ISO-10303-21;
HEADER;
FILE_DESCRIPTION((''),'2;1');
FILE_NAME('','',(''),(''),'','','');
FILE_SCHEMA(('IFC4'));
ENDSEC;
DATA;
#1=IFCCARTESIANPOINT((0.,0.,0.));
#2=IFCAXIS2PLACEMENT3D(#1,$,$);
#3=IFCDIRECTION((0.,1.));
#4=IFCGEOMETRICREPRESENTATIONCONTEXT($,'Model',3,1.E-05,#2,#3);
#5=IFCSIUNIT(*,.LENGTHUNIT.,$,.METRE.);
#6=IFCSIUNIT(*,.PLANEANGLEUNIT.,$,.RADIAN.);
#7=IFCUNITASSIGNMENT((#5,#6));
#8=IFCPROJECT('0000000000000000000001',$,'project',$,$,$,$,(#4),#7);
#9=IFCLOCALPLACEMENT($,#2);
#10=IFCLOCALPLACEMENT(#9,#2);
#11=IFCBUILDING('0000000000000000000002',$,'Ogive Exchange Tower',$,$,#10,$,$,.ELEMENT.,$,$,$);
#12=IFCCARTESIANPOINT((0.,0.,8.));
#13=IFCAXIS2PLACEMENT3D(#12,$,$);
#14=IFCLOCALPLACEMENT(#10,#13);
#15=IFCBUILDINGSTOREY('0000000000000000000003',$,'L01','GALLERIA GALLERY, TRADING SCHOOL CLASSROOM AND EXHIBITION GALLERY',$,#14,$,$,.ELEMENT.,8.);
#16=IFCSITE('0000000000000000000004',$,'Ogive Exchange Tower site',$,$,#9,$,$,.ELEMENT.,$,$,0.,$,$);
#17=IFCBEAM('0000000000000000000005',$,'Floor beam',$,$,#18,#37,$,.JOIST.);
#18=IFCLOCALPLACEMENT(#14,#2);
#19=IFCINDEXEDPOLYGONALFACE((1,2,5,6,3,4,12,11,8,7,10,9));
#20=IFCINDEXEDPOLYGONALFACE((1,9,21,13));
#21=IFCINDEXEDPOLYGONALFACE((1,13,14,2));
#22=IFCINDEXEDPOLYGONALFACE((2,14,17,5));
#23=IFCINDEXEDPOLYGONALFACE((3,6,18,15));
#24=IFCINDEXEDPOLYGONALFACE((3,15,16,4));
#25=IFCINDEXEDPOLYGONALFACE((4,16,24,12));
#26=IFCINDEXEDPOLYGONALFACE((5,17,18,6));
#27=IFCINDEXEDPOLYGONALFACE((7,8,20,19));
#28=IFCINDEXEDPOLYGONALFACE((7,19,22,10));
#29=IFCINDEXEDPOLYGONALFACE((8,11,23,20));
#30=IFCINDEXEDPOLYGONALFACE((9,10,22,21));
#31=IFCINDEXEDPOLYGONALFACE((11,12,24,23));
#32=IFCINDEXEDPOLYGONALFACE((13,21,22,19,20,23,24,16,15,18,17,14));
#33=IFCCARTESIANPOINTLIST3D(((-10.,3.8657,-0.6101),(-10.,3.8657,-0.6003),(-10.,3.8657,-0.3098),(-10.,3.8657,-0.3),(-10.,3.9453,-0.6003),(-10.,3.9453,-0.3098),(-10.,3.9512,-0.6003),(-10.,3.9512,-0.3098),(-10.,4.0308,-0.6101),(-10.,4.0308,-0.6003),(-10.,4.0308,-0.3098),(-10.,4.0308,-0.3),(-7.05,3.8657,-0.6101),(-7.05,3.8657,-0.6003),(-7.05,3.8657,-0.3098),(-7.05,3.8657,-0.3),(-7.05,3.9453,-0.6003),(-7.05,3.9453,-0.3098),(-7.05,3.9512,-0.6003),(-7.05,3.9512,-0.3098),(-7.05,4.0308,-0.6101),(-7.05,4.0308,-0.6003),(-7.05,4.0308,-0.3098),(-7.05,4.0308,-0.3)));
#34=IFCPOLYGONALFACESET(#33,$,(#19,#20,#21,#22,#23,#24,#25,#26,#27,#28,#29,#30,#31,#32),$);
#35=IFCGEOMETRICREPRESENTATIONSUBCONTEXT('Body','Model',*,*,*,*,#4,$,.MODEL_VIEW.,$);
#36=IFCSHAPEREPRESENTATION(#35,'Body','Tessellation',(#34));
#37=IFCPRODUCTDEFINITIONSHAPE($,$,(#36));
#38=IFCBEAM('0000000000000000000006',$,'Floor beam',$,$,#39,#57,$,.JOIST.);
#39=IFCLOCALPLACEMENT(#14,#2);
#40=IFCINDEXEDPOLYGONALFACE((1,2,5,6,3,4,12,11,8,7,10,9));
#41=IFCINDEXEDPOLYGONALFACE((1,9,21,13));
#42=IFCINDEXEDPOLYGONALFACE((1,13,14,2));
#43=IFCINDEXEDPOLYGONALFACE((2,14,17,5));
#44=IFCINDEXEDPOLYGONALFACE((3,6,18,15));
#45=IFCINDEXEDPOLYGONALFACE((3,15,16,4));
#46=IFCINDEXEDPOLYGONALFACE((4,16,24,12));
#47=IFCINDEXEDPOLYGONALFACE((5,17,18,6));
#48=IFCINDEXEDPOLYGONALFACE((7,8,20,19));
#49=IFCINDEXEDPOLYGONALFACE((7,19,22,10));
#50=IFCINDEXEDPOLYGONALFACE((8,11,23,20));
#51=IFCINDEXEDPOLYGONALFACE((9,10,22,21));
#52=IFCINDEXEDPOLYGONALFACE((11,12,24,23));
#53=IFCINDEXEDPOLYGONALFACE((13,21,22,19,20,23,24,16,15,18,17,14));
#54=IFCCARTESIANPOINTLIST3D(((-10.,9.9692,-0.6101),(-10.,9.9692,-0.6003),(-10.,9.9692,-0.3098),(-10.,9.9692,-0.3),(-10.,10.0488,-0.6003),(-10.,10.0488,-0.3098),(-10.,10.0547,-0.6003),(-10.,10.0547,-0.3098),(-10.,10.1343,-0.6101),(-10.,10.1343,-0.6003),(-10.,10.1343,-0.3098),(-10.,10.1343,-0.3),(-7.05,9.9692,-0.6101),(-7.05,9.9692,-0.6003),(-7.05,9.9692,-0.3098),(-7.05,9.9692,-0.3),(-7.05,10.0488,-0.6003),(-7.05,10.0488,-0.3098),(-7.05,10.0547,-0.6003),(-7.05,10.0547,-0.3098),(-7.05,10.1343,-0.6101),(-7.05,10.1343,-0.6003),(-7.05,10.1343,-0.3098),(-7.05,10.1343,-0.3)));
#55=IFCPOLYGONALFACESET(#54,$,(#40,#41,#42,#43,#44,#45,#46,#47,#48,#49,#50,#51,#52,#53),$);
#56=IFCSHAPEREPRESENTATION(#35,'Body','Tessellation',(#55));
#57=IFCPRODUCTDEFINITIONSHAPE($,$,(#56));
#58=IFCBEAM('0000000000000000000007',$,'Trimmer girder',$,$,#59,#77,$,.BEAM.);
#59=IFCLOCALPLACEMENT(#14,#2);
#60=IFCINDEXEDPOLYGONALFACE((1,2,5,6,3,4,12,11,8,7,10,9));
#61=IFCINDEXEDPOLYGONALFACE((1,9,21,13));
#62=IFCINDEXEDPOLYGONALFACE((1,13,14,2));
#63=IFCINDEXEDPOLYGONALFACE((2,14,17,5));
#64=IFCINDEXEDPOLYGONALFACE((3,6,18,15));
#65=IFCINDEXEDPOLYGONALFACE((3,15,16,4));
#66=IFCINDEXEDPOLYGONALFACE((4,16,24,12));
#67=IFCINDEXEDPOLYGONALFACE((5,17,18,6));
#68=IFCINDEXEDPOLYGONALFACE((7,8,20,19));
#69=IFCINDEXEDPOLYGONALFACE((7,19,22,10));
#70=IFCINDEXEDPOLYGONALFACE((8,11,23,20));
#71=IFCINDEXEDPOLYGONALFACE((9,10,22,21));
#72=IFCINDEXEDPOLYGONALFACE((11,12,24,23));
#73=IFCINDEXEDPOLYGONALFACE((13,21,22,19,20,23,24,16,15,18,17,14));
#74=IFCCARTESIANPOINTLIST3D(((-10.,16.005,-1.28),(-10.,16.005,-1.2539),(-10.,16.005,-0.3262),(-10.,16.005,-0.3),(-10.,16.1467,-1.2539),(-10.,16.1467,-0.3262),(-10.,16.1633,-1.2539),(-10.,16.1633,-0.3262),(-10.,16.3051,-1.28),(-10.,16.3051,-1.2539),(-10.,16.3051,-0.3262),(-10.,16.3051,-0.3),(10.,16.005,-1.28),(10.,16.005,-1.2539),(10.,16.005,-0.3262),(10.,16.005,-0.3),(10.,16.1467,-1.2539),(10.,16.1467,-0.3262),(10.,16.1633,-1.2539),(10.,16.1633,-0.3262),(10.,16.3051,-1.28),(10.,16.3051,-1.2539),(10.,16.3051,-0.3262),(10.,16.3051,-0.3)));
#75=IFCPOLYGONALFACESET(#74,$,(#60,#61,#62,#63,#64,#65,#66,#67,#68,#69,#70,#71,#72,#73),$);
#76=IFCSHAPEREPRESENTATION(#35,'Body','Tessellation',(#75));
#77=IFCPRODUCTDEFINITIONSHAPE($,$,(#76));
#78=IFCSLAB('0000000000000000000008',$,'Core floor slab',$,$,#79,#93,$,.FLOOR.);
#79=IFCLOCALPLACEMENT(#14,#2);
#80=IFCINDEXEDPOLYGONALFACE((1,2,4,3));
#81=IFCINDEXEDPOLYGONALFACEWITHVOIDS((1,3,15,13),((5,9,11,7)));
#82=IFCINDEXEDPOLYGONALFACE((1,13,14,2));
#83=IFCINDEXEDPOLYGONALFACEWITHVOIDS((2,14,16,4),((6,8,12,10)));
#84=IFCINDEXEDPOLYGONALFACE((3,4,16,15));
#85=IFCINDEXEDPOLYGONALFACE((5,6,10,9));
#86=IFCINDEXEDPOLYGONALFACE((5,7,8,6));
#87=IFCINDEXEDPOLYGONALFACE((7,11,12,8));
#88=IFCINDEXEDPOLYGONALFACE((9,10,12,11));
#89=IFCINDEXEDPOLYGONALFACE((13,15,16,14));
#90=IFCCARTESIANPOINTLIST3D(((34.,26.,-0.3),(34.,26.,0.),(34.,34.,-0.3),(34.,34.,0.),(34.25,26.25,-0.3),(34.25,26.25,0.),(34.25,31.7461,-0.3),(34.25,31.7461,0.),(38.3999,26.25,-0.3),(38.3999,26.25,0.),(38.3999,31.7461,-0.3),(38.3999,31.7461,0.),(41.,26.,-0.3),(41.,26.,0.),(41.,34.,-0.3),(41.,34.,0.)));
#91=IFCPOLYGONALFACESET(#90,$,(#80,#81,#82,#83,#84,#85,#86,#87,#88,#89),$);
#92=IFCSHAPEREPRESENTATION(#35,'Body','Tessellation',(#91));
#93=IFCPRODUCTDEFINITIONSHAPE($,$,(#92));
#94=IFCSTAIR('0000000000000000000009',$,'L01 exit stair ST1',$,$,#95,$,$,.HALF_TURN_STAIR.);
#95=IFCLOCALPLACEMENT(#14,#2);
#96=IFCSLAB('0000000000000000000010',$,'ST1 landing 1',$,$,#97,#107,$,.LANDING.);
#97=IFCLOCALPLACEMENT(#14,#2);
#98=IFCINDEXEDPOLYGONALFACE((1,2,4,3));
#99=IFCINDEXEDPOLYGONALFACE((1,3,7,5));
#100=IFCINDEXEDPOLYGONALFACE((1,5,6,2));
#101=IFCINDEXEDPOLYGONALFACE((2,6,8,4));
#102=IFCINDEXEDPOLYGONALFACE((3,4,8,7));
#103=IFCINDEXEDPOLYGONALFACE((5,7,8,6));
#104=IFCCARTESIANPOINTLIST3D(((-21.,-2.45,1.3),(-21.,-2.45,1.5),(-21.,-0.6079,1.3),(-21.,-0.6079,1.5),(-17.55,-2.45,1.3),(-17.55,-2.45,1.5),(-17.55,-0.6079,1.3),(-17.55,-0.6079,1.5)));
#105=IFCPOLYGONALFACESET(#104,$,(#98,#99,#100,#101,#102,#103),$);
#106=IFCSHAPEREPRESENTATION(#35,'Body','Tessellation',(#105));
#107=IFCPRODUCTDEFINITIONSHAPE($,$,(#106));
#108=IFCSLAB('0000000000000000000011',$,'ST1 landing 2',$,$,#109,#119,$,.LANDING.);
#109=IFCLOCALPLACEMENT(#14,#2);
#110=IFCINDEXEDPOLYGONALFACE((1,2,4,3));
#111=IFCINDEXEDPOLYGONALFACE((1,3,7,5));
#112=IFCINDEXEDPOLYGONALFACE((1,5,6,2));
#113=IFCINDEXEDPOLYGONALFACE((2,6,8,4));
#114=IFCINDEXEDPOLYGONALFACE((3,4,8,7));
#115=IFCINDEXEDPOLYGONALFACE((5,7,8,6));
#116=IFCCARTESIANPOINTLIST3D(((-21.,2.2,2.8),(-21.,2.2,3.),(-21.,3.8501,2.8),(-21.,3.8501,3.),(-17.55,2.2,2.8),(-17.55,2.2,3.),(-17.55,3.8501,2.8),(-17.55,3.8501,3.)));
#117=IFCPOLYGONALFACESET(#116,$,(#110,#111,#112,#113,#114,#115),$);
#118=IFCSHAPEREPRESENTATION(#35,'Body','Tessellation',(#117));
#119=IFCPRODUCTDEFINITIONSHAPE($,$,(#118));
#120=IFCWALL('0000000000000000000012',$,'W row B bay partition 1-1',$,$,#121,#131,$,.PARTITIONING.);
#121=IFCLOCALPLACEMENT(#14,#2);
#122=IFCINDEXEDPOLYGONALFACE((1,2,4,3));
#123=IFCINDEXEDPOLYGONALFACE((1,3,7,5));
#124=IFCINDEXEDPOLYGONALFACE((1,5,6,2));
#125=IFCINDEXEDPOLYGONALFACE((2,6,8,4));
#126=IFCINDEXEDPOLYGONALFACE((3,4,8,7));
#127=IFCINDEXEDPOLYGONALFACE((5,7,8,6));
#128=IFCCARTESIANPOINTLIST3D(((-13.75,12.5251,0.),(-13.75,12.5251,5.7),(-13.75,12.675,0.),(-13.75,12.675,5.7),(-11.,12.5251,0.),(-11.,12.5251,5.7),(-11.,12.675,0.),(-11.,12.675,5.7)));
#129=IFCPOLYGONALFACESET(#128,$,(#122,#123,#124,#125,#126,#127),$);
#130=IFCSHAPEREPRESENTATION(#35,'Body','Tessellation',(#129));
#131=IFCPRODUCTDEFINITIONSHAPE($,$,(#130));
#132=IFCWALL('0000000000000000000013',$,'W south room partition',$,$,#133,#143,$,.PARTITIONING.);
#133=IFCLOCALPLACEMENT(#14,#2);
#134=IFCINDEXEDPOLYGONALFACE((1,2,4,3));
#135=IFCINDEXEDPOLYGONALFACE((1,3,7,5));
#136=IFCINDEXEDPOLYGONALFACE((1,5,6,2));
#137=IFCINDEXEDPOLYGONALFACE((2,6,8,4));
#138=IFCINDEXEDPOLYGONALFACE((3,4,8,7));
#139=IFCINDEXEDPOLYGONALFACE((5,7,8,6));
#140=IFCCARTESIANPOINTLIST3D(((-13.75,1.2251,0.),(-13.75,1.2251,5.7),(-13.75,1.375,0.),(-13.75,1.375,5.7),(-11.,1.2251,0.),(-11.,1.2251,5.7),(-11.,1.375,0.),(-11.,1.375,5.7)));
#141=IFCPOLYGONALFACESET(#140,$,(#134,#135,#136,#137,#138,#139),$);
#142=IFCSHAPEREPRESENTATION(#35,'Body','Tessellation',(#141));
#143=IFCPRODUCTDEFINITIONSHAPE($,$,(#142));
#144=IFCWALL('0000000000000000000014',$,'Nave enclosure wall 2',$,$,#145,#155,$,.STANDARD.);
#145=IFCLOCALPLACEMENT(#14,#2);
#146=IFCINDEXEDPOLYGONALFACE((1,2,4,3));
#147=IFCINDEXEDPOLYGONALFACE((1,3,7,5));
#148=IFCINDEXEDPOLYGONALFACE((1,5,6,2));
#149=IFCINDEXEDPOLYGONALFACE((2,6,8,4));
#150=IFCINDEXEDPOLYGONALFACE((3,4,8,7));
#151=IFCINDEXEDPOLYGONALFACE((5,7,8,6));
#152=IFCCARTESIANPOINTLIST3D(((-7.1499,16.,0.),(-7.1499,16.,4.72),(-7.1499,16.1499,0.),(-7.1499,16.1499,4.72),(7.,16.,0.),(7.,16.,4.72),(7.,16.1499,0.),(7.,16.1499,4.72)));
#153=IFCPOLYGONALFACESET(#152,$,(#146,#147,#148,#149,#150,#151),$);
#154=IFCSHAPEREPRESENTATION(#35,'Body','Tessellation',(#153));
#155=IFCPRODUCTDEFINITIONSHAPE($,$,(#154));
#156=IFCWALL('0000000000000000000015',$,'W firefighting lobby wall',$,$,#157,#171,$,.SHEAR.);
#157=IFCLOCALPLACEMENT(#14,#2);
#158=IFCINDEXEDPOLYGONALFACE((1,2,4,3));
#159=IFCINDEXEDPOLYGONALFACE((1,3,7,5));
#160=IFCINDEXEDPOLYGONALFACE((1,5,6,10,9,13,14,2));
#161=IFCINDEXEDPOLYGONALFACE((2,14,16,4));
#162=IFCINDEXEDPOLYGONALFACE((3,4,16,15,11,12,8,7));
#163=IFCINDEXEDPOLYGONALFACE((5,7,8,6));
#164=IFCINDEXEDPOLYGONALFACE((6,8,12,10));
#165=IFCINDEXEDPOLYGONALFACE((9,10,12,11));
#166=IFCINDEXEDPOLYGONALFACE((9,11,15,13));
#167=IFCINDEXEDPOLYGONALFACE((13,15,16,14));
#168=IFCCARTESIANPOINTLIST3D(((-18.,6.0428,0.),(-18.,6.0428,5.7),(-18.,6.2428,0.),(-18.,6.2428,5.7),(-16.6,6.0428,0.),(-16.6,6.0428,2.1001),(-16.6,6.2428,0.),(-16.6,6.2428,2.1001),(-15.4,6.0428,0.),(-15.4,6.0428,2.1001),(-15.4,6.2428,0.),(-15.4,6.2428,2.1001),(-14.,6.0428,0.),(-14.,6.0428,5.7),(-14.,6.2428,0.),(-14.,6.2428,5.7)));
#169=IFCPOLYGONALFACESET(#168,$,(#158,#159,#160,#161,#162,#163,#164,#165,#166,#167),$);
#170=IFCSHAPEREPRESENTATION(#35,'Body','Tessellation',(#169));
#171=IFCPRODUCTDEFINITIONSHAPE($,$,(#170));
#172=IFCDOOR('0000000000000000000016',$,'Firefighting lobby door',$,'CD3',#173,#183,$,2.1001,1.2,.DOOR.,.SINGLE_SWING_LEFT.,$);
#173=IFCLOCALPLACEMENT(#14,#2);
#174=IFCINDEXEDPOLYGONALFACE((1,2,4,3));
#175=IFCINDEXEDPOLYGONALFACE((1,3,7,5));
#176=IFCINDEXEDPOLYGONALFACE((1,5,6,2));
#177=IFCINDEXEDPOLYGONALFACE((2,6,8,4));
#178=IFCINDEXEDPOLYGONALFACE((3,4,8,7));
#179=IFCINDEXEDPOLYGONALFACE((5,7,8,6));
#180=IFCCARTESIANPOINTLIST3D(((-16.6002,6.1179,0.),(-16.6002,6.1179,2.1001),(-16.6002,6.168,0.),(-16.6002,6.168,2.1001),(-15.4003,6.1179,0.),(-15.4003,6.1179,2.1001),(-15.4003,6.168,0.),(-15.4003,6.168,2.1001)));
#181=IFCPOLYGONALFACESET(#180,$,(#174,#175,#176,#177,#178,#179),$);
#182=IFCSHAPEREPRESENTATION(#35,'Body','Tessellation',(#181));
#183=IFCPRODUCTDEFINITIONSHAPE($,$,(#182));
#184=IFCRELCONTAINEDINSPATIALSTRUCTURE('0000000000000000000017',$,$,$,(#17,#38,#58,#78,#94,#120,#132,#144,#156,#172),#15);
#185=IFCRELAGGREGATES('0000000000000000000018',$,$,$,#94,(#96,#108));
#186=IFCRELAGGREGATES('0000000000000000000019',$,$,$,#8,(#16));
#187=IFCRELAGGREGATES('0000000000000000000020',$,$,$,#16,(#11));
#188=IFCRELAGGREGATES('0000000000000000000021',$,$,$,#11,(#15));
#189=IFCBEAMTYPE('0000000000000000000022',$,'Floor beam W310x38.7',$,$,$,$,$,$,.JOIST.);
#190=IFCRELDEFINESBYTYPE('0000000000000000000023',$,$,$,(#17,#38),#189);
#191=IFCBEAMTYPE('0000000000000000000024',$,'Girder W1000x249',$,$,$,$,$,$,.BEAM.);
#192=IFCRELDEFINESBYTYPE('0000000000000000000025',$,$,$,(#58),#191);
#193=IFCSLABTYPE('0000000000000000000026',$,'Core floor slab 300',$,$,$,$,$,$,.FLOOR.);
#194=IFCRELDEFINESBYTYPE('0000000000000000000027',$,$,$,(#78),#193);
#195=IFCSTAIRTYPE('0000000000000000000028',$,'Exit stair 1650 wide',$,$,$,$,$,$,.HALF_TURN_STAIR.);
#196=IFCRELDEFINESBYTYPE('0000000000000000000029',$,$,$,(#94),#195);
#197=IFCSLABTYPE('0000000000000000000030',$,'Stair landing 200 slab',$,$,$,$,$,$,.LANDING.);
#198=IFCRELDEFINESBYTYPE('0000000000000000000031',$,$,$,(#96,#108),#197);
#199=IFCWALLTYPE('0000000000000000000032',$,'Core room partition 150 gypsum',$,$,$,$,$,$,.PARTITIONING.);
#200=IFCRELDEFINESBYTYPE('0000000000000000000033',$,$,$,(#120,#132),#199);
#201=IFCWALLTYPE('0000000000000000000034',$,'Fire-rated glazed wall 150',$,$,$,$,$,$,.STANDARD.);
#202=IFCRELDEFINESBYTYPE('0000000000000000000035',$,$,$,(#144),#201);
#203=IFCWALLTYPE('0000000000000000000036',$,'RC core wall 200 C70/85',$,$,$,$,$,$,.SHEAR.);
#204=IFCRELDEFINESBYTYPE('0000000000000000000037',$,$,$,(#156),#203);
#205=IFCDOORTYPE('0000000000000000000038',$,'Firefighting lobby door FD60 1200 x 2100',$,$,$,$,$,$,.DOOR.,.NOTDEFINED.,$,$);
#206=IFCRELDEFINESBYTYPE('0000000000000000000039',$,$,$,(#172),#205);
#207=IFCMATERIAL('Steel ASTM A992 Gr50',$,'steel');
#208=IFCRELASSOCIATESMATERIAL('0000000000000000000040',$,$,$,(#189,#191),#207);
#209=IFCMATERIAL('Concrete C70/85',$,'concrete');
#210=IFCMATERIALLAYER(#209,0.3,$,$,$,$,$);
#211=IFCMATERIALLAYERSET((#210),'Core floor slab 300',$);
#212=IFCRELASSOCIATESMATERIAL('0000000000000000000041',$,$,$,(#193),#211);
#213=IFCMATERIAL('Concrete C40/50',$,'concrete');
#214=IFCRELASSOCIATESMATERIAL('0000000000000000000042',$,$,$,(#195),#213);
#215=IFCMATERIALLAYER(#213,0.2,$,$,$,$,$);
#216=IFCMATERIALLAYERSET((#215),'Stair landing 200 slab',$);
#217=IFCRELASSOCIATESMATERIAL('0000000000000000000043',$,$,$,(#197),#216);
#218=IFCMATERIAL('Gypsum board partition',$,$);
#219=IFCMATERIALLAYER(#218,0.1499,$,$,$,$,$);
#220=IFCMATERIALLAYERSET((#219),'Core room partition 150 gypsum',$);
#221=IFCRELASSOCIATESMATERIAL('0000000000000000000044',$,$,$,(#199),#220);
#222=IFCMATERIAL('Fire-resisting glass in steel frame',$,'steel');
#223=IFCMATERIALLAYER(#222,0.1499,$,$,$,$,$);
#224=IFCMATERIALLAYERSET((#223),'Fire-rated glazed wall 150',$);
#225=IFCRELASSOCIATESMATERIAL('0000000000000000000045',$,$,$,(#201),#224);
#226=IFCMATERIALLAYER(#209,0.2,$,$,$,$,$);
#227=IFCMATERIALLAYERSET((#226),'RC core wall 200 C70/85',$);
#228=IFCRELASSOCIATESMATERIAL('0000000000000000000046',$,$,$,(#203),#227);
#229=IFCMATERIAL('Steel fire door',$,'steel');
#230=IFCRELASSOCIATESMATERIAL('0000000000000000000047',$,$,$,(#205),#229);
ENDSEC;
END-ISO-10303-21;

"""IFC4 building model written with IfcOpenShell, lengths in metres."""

from ifc_helpers import new_model, si_unit, direction, frame, frame_2d, origin, origin_2d, place, context, subcontext, project, spatial, polyline, rectangle, i_section, outline, extrude, material, layer, layer_set, material_profile, profile_set, type_object, element, fill, aggregate, save


model = new_model("IFC4")

# Units and contexts
model_context = context("Model", 3, precision=1e-05, world=origin(), true_north=direction((0.0, 1.0)))
body_context = subcontext(model_context, "Body", "Model", "MODEL_VIEW")
ifc_project = project(units=[si_unit("LENGTHUNIT", "METRE"), si_unit("PLANEANGLEUNIT", "RADIAN")], contexts=[model_context])

# Site, building, storey
site_placement = place(None, origin())
site = spatial("IfcSite", under=ifc_project, at=site_placement, Name="Ogive Exchange Tower site", CompositionType="ELEMENT", RefElevation=0.0)
building_placement = place(site_placement, origin())
building = spatial("IfcBuilding", under=site, at=building_placement, Name="Ogive Exchange Tower", CompositionType="ELEMENT")
storey_placement = place(building_placement, frame((0.0, 0.0, 8.0)))
storey = spatial("IfcBuildingStorey", under=building, at=storey_placement, Name="L01", Description="GALLERIA GALLERY, TRADING SCHOOL CLASSROOM AND EXHIBITION GALLERY", CompositionType="ELEMENT", Elevation=8.0)

# Beams
ifc_material_1 = material(Name="Steel ASTM A992 Gr50", Category="steel")
ifc_material_profile_1 = material_profile(ifc_material_1, i_section(OverallWidth=0.165, OverallDepth=0.3101, WebThickness=0.0059, FlangeThickness=0.0098, at=origin_2d()), Name="W310x38.7")
ifc_profile_set_1 = profile_set([ifc_material_profile_1], Name="Steel ASTM A992 Gr50")
beam_type_1 = type_object("IfcBeamType", Name="Floor beam W310x38.7", PredefinedType="JOIST", material=ifc_profile_set_1)
for number, where, z_axis, x_axis, name in (
    (1, (-10.0, 3.9482, -0.4551), (1.0, 0.0, 0.0), (0.0, 1.0, 0.0), "Floor beam"),
    (2, (-10.0, 10.0518, -0.4551), (1.0, 0.0, 0.0), (0.0, 1.0, 0.0), "Floor beam"),
):
    element("IfcBeam", number, at=place(storey_placement, frame(where, z_axis=z_axis, x_axis=x_axis)), inside=storey, type_object=beam_type_1, Name=name, PredefinedType="JOIST", context=body_context, shape_type="SweptSolid", body=[
        extrude(i_section(OverallWidth=0.165, OverallDepth=0.3101, WebThickness=0.0059, FlangeThickness=0.0098, at=origin_2d()), origin(), (0.0, 0.0, 1.0), 2.95),
    ])
ifc_material_profile_2 = material_profile(ifc_material_1, i_section(OverallWidth=0.3, OverallDepth=0.98, WebThickness=0.0166, FlangeThickness=0.0261, at=origin_2d()), Name="W1000x249")
ifc_profile_set_2 = profile_set([ifc_material_profile_2], Name="Steel ASTM A992 Gr50")
beam_type_2 = type_object("IfcBeamType", Name="Girder W1000x249", PredefinedType="BEAM", material=ifc_profile_set_2)
beam_placement = place(storey_placement, frame((-10.0, 16.155, -0.79), z_axis=(1.0, 0.0, 0.0), x_axis=(0.0, 1.0, 0.0)))
element("IfcBeam", 3, at=beam_placement, inside=storey, type_object=beam_type_2, Name="Trimmer girder", PredefinedType="BEAM", context=body_context, shape_type="SweptSolid", body=[
    extrude(i_section(OverallWidth=0.3, OverallDepth=0.98, WebThickness=0.0166, FlangeThickness=0.0261, at=origin_2d()), origin(), (0.0, 0.0, 1.0), 20.0),
])

# Slab
ifc_material_2 = material(Name="Concrete C70/85", Category="concrete")
ifc_layer_1 = layer(ifc_material_2, 0.3)
ifc_layer_set_1 = layer_set([ifc_layer_1], Name="Core floor slab 300")
slab_type_1 = type_object("IfcSlabType", Name="Core floor slab 300", PredefinedType="FLOOR", material=ifc_layer_set_1)
slab_1_placement = place(storey_placement, frame((0.0, 0.0, -0.3)))
element("IfcSlab", 4, at=slab_1_placement, inside=storey, type_object=slab_type_1, Name="Core floor slab", PredefinedType="FLOOR", context=body_context, shape_type="SweptSolid", body=[
    extrude(outline(polyline([(34.0, 26.0), (34.0, 34.0), (41.0, 34.0), (41.0, 26.0), (34.0, 26.0)]), holes=[polyline([(34.25, 26.25), (38.3999, 26.25), (38.3999, 31.7461), (34.25, 31.7461), (34.25, 26.25)])]), origin(), (0.0, 0.0, 1.0), 0.3),
])

# Stair, slabs
ifc_material_3 = material(Name="Concrete C40/50", Category="concrete")
stair_type = type_object("IfcStairType", Name="Exit stair 1650 wide", PredefinedType="HALF_TURN_STAIR", material=ifc_material_3)
stair_placement = place(storey_placement, origin())
stair = element("IfcStair", 5, at=stair_placement, inside=storey, type_object=stair_type, Name="L01 exit stair ST1", PredefinedType="HALF_TURN_STAIR")
ifc_layer_2 = layer(ifc_material_3, 0.2)
ifc_layer_set_2 = layer_set([ifc_layer_2], Name="Stair landing 200 slab")
slab_type_2 = type_object("IfcSlabType", Name="Stair landing 200 slab", PredefinedType="LANDING", material=ifc_layer_set_2)
slab_2_placement = place(storey_placement, frame((0.0, 0.0, 1.3)))
slab_2 = element("IfcSlab", 6, at=slab_2_placement, type_object=slab_type_2, Name="ST1 landing 1", PredefinedType="LANDING", context=body_context, shape_type="SweptSolid", body=[
    extrude(outline(polyline([(-21.0, -0.6079), (-21.0, -2.45), (-17.55, -2.45), (-17.55, -0.6079), (-21.0, -0.6079)])), origin(), (0.0, 0.0, 1.0), 0.2),
])
slab_3_placement = place(storey_placement, frame((0.0, 0.0, 2.8)))
slab_3 = element("IfcSlab", 7, at=slab_3_placement, type_object=slab_type_2, Name="ST1 landing 2", PredefinedType="LANDING", context=body_context, shape_type="SweptSolid", body=[
    extrude(outline(polyline([(-21.0, 3.8501), (-21.0, 2.2), (-17.55, 2.2), (-17.55, 3.8501), (-21.0, 3.8501)])), origin(), (0.0, 0.0, 1.0), 0.2),
])

# Walls
ifc_material_4 = material(Name="Gypsum board partition")
ifc_layer_3 = layer(ifc_material_4, 0.1499)
ifc_layer_set_3 = layer_set([ifc_layer_3], Name="Core room partition 150 gypsum")
wall_type_1 = type_object("IfcWallType", Name="Core room partition 150 gypsum", PredefinedType="PARTITIONING", material=ifc_layer_set_3)
for number, where, z_axis, x_axis, name in (
    (8, (-13.75, 12.6001, 0.0), (0.0, 0.0, 1.0), (1.0, 0.0, 0.0), "W row B bay partition 1-1"),
    (9, (-13.75, 1.3, 0.0), (0.0, 0.0, 1.0), (1.0, 0.0, 0.0), "W south room partition"),
):
    element("IfcWall", number, at=place(storey_placement, frame(where, z_axis=z_axis, x_axis=x_axis)), inside=storey, type_object=wall_type_1, Name=name, PredefinedType="PARTITIONING", context=body_context, shape_type="SweptSolid", body=[
        extrude(rectangle(XDim=2.75, YDim=0.1499, at=frame_2d((1.375, 0.0))), origin(), (0.0, 0.0, 1.0), 5.7),
    ])
ifc_material_5 = material(Name="Fire-resisting glass in steel frame", Category="steel")
ifc_layer_4 = layer(ifc_material_5, 0.1499)
ifc_layer_set_4 = layer_set([ifc_layer_4], Name="Fire-rated glazed wall 150")
wall_type_2 = type_object("IfcWallType", Name="Fire-rated glazed wall 150", PredefinedType="STANDARD", material=ifc_layer_set_4)
wall_1_placement = place(storey_placement, frame((-7.1499, 16.075, 0.0), z_axis=(0.0, 0.0, 1.0), x_axis=(1.0, 0.0, 0.0)))
element("IfcWall", 10, at=wall_1_placement, inside=storey, type_object=wall_type_2, Name="Nave enclosure wall 2", PredefinedType="STANDARD", context=body_context, shape_type="SweptSolid", body=[
    extrude(rectangle(XDim=14.1499, YDim=0.1499, at=frame_2d((7.075, 0.0))), origin(), (0.0, 0.0, 1.0), 4.72),
])

# Wall, opening, door
ifc_layer_5 = layer(ifc_material_2, 0.2)
ifc_layer_set_5 = layer_set([ifc_layer_5], Name="RC core wall 200 C70/85")
wall_type_3 = type_object("IfcWallType", Name="RC core wall 200 C70/85", PredefinedType="SHEAR", material=ifc_layer_set_5)
wall_2_placement = place(storey_placement, frame((-18.0, 6.1428, 0.0), z_axis=(0.0, 0.0, 1.0), x_axis=(1.0, 0.0, 0.0)))
wall_2 = element("IfcWall", 11, at=wall_2_placement, inside=storey, type_object=wall_type_3, Name="W firefighting lobby wall", PredefinedType="SHEAR", context=body_context, shape_type="SweptSolid", body=[
    extrude(rectangle(XDim=4.0, YDim=0.2, at=frame_2d((2.0, 0.0))), origin(), (0.0, 0.0, 1.0), 5.7),
])
opening_1_placement = place(wall_2_placement, frame((1.3999, 0.0, 0.0)))
opening_1 = element("IfcOpeningElement", 12, at=opening_1_placement, cuts=wall_2, PredefinedType="OPENING", context=body_context, shape_type="SweptSolid", body=[
    extrude(rectangle(XDim=1.2, YDim=2.1001, at=frame_2d((0.6001, 1.05))), frame((0.0, 0.1099, 0.0), z_axis=(0.0, -1.0, 0.0), x_axis=(1.0, 0.0, 0.0)), (0.0, 0.0, 1.0), 0.22),
])
ifc_material_6 = material(Name="Steel fire door", Category="steel")
door_type_1 = type_object("IfcDoorType", Name="Firefighting lobby door FD60 1200 x 2100", OperationType="NOTDEFINED", PredefinedType="DOOR", material=ifc_material_6)
door_1_placement = place(opening_1_placement, frame((1.2, 0.0, 0.0), z_axis=(0.0, 0.0, 1.0), x_axis=(-1.0, 0.0, 0.0)))
door_1 = element("IfcDoor", 13, at=door_1_placement, inside=storey, type_object=door_type_1, Name="Firefighting lobby door", ObjectType="CD3", OperationType="SINGLE_SWING_LEFT", OverallHeight=2.1001, OverallWidth=1.2, PredefinedType="DOOR", context=body_context, shape_type="SweptSolid", body=[
    extrude(rectangle(XDim=1.2, YDim=2.1001, at=frame_2d((0.6001, 1.05))), frame((0.0, 0.0249, 0.0), z_axis=(0.0, -1.0, 0.0), x_axis=(1.0, 0.0, 0.0)), (0.0, 0.0, 1.0), 0.05),
])
fill(opening_1, door_1)

aggregate(stair, [slab_2, slab_3])

save(model, "model.ifc")
